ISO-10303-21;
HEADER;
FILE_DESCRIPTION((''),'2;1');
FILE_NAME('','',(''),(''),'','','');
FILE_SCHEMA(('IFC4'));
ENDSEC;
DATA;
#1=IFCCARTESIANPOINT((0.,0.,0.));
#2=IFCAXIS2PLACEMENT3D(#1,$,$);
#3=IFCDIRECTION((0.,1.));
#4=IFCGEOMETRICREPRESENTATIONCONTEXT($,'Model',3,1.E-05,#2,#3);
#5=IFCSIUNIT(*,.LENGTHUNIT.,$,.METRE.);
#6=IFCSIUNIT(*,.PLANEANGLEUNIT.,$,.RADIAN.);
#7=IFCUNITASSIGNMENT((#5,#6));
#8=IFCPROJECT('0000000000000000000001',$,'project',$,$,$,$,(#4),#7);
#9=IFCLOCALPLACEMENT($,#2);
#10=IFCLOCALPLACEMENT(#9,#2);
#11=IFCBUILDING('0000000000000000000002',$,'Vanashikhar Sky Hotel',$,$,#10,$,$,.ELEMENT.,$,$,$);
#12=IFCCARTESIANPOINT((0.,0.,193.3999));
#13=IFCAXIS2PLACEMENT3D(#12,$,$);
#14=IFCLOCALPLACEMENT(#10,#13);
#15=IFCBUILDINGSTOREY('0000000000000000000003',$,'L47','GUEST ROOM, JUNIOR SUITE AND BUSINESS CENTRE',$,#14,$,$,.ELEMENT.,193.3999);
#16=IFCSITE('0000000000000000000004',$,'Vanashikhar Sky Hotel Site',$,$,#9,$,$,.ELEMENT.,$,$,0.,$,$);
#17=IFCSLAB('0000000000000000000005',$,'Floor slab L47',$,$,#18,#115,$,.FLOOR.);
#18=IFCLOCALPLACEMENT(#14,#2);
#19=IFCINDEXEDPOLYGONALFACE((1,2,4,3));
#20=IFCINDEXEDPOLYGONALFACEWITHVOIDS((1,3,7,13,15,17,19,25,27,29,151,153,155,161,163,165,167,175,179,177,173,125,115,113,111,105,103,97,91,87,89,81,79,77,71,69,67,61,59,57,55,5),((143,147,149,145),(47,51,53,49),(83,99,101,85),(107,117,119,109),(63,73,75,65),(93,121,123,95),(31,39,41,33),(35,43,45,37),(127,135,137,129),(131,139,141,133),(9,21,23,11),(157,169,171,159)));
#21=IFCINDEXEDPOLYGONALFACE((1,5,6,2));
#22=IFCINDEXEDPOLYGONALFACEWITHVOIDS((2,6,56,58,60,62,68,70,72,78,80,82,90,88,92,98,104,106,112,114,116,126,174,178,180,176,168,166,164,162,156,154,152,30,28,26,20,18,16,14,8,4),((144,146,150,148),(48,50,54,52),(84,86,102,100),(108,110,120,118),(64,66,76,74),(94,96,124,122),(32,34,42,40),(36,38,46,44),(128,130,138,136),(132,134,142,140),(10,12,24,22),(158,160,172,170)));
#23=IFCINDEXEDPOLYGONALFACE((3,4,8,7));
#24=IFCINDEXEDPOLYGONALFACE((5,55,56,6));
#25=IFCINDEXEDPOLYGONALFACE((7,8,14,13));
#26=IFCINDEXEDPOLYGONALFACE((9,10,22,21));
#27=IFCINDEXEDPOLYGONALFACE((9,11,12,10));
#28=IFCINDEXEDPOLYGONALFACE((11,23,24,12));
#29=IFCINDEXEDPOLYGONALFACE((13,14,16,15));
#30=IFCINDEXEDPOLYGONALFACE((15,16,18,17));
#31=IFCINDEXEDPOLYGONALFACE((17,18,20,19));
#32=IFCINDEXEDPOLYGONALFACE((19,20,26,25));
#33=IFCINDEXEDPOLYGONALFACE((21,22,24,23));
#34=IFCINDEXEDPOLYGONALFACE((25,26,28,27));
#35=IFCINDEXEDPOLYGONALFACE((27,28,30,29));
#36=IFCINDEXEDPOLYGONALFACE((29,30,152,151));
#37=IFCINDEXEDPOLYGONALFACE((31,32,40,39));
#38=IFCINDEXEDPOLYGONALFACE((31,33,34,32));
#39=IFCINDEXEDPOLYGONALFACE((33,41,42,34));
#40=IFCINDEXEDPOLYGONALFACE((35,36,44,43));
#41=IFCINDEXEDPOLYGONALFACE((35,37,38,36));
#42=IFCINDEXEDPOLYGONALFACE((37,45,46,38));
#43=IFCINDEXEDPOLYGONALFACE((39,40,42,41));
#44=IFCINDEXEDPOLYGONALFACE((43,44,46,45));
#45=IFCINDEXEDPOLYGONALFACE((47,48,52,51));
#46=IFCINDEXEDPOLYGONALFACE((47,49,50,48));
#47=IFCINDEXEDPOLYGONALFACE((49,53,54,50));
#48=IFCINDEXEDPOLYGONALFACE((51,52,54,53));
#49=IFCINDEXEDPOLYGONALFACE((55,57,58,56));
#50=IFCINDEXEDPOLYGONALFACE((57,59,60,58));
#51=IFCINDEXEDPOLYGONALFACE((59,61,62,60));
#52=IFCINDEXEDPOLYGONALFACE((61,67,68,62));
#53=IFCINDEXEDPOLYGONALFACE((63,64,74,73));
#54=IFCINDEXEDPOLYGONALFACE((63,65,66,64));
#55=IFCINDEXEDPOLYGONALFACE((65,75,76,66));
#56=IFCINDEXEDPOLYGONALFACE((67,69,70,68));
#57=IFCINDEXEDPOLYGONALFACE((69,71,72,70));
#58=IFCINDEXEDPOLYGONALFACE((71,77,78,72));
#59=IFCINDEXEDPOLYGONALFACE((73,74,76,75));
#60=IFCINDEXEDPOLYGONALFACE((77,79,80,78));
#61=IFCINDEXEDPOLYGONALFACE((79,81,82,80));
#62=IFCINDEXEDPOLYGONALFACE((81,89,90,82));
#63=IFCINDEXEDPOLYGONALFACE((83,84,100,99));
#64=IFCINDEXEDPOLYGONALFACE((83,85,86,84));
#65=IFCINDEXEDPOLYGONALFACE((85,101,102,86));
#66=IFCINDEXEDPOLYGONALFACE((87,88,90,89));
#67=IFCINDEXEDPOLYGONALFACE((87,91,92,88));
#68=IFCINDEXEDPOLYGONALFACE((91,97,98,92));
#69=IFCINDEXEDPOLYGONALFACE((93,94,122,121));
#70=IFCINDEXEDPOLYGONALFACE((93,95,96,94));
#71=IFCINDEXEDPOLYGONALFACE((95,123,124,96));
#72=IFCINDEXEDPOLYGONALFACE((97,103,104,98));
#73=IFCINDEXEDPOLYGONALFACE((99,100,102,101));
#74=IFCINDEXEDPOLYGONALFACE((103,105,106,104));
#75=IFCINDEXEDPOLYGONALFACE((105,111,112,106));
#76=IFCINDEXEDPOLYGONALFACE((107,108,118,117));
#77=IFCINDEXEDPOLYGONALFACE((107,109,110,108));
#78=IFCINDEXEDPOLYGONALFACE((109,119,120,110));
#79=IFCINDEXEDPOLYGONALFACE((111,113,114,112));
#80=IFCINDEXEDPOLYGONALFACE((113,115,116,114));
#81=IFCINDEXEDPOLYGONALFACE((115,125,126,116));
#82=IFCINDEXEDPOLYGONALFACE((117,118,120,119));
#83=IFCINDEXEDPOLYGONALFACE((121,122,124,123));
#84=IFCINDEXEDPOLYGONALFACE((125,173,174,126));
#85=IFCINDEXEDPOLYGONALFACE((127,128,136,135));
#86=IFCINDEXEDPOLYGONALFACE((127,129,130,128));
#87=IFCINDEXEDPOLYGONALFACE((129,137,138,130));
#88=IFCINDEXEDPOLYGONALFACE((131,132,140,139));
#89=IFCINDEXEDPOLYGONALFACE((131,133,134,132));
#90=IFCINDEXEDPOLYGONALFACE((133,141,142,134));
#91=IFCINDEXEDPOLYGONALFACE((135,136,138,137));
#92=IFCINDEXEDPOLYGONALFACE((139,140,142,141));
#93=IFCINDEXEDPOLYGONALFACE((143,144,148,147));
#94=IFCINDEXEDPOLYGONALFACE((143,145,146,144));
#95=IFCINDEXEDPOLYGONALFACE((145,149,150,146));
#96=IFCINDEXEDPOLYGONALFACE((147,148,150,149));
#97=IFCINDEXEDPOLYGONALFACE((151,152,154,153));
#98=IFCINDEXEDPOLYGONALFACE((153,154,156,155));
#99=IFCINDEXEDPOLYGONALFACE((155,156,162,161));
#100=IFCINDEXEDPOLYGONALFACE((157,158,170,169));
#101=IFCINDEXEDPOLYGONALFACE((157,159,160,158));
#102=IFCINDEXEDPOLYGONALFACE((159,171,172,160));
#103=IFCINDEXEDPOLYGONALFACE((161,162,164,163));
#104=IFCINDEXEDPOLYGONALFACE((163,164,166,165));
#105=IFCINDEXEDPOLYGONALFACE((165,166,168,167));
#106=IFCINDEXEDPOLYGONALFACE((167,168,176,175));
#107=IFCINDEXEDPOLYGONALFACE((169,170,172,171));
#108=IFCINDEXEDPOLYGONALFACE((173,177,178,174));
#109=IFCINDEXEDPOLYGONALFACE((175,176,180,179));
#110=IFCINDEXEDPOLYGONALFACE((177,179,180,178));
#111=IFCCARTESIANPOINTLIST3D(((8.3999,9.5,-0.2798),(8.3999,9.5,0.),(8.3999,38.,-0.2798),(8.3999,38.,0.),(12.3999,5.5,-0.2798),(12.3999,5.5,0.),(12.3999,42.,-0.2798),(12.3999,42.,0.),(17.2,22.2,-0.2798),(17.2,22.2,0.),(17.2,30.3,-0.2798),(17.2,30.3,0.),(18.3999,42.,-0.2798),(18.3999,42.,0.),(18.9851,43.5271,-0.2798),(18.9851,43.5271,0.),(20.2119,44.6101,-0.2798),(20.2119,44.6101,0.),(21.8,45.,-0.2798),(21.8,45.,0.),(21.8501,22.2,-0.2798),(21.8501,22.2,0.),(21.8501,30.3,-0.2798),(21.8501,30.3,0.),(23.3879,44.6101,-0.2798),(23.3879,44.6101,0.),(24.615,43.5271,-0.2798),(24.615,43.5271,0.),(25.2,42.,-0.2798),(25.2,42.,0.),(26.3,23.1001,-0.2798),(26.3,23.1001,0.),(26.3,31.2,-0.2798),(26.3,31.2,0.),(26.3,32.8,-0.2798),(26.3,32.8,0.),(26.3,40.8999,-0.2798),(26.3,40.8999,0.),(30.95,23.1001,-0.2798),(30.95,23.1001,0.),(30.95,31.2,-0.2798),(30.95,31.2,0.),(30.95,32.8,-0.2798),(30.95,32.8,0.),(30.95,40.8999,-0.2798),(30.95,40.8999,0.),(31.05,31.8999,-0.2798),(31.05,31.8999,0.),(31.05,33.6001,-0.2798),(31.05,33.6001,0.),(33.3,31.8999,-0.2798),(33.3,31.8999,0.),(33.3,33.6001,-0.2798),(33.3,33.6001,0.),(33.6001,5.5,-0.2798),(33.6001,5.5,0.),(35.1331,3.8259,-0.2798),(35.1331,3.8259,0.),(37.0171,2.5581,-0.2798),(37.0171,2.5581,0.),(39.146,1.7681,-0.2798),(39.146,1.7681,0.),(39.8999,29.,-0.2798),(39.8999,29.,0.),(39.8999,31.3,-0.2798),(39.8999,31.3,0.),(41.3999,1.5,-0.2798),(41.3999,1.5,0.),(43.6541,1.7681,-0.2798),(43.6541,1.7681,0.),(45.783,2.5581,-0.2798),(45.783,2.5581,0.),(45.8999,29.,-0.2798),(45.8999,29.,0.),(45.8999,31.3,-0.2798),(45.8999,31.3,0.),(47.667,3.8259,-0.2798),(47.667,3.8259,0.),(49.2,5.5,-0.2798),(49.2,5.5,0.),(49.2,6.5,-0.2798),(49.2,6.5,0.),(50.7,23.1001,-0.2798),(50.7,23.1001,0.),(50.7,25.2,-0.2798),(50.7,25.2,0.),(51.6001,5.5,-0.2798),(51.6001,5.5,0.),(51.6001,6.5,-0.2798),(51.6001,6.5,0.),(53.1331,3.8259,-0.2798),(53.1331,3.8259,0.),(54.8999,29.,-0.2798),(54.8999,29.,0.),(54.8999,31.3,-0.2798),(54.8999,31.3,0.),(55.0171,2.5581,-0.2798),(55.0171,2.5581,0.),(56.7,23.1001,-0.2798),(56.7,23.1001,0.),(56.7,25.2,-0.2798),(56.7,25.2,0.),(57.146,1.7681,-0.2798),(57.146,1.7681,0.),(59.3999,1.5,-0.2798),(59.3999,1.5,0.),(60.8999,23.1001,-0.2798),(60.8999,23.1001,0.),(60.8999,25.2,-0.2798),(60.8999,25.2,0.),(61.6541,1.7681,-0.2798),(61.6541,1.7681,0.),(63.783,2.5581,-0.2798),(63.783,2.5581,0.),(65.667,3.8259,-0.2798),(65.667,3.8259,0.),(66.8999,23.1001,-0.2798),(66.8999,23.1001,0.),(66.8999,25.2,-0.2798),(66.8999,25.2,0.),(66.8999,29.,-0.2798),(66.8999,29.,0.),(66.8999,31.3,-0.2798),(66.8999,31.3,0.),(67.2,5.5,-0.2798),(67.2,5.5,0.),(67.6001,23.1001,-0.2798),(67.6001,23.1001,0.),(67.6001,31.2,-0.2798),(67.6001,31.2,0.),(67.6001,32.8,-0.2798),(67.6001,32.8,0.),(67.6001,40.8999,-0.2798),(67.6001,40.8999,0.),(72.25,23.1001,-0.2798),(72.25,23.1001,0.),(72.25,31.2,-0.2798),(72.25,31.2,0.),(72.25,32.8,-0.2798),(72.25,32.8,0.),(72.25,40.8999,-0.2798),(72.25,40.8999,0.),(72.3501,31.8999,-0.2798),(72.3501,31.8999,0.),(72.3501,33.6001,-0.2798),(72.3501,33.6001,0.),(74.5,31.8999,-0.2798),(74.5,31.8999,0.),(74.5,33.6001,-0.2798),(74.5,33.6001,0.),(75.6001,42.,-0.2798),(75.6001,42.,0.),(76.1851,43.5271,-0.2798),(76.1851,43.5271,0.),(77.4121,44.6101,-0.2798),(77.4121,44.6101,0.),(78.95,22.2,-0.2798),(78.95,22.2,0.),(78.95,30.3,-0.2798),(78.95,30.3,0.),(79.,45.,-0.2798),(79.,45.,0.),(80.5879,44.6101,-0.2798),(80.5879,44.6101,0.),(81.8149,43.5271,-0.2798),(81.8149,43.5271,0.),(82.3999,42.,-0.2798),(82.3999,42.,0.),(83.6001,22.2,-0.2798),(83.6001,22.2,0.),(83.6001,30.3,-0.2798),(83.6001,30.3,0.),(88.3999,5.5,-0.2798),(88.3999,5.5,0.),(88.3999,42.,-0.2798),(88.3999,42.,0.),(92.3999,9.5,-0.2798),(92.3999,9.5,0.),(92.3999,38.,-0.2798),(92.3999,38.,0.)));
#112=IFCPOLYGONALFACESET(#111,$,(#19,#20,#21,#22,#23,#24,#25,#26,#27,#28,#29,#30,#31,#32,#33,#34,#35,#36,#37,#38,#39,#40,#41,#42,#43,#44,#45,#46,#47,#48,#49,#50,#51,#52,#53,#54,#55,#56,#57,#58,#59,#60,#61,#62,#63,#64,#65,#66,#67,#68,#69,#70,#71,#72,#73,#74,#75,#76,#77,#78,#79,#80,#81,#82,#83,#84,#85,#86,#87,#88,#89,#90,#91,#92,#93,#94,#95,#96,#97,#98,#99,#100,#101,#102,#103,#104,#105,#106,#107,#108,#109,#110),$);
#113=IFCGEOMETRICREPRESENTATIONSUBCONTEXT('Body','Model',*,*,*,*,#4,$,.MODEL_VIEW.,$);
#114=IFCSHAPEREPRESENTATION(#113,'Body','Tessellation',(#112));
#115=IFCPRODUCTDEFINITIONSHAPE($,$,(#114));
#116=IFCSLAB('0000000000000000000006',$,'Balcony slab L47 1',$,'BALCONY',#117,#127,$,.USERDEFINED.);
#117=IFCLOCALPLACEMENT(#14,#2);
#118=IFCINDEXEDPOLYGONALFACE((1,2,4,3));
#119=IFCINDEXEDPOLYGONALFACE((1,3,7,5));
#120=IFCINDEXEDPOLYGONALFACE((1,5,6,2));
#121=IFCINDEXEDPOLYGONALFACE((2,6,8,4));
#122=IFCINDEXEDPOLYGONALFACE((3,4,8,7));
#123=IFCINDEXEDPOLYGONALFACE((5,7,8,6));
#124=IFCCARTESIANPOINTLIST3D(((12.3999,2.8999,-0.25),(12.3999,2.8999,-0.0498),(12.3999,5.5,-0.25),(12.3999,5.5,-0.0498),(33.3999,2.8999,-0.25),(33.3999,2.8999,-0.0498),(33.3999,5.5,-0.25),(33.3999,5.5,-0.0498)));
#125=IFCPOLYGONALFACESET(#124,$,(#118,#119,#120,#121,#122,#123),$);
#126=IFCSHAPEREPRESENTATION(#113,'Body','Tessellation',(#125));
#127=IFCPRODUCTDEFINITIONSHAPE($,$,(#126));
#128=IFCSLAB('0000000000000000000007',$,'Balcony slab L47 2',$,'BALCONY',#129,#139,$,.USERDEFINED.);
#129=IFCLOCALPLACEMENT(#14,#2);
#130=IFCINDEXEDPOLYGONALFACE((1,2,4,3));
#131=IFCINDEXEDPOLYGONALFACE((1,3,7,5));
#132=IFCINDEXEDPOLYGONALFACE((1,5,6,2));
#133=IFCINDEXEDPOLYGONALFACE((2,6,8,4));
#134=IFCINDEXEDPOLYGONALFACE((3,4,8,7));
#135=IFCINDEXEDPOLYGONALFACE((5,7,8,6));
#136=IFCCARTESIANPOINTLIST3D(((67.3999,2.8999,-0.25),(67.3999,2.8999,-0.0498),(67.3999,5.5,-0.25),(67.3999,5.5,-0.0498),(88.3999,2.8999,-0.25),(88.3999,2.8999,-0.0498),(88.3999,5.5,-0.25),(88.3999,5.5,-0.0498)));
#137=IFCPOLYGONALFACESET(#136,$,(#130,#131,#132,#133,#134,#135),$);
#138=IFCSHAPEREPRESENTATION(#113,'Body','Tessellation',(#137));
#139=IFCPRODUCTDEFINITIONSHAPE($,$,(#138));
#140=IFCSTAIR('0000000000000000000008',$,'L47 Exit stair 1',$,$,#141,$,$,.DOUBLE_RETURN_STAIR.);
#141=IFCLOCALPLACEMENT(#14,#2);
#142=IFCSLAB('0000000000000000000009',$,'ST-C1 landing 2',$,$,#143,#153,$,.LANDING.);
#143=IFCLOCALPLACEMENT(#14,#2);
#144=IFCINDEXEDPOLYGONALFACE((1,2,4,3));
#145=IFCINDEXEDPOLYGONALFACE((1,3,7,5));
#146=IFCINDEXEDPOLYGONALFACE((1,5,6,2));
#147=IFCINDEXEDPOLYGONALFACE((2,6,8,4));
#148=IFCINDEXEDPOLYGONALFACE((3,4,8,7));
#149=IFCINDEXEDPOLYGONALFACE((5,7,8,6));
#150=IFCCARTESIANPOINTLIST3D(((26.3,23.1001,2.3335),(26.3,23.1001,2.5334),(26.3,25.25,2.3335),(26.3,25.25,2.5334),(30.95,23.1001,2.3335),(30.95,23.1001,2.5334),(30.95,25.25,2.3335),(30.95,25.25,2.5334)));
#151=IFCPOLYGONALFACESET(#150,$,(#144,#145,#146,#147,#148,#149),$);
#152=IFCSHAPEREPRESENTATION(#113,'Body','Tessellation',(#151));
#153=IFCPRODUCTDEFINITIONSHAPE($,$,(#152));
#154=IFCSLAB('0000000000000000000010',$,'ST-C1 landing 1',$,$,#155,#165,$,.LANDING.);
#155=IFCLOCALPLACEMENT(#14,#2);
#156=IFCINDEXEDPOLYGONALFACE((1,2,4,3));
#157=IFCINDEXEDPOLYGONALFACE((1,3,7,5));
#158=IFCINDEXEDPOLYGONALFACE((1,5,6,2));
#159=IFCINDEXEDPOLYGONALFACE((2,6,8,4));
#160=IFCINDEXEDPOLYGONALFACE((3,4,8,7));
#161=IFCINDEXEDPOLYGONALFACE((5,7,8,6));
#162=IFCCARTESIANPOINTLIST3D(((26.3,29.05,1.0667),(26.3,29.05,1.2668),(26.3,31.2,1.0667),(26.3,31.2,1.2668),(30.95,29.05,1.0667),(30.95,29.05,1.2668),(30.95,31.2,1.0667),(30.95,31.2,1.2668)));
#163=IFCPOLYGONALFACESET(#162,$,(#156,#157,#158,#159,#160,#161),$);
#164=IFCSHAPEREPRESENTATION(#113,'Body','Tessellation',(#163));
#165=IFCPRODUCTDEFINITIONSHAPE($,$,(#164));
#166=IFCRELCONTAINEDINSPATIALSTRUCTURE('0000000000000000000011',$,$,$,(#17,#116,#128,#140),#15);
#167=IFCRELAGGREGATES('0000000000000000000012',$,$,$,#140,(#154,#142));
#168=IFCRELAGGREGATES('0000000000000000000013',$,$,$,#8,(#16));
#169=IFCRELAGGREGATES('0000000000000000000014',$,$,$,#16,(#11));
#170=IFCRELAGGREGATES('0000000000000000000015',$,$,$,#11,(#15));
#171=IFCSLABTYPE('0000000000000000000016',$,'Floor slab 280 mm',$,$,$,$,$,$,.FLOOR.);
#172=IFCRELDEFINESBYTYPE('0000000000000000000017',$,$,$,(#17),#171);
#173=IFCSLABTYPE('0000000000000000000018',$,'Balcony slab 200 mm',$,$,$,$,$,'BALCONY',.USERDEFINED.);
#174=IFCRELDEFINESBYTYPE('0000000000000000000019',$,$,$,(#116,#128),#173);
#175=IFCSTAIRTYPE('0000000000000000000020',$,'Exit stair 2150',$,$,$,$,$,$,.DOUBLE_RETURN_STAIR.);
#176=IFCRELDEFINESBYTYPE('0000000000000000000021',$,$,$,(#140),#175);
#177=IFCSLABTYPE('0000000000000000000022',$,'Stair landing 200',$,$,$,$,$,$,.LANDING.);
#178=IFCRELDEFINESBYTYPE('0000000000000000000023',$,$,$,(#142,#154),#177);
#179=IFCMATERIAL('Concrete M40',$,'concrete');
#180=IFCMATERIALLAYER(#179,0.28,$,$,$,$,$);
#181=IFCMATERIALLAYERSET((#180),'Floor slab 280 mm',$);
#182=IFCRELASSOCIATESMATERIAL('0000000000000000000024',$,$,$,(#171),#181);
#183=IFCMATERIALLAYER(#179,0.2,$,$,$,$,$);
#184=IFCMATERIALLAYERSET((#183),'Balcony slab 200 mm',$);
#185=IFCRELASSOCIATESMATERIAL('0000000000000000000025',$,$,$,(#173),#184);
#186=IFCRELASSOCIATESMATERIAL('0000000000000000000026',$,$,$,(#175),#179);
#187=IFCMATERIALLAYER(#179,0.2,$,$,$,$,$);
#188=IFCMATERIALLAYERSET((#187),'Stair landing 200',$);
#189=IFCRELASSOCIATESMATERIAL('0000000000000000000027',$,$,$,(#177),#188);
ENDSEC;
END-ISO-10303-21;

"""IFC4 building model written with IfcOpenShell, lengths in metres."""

from ifc_helpers import new_model, si_unit, direction, frame, origin, place, context, subcontext, project, spatial, polyline, outline, extrude, source, transform, mapped, material, layer, layer_set, type_object, element, aggregate, save


model = new_model("IFC4")

# Units and contexts
model_context = context("Model", 3, precision=1e-05, world=origin(), true_north=direction((0.0, 1.0)))
body_context = subcontext(model_context, "Body", "Model", "MODEL_VIEW")
ifc_project = project(units=[si_unit("LENGTHUNIT", "METRE"), si_unit("PLANEANGLEUNIT", "RADIAN")], contexts=[model_context])

# Site, building, storey
site_placement = place(None, origin())
site = spatial("IfcSite", under=ifc_project, at=site_placement, Name="Vanashikhar Sky Hotel Site", CompositionType="ELEMENT", RefElevation=0.0)
building_placement = place(site_placement, origin())
building = spatial("IfcBuilding", under=site, at=building_placement, Name="Vanashikhar Sky Hotel", CompositionType="ELEMENT")
storey_placement = place(building_placement, frame((0.0, 0.0, 193.3999)))
storey = spatial("IfcBuildingStorey", under=building, at=storey_placement, Name="L47", Description="GUEST ROOM, JUNIOR SUITE AND BUSINESS CENTRE", CompositionType="ELEMENT", Elevation=193.3999)

# Slabs
ifc_material = material(Name="Concrete M40", Category="concrete")
ifc_layer_1 = layer(ifc_material, 0.28)
ifc_layer_set_1 = layer_set([ifc_layer_1], Name="Floor slab 280 mm")
slab_type_1 = type_object("IfcSlabType", Name="Floor slab 280 mm", PredefinedType="FLOOR", material=ifc_layer_set_1)
shared_shape_1 = source(origin(), body_context, "Body", "SweptSolid", [
    extrude(outline(polyline([(49.2, 5.5), (49.2, 6.5), (51.6001, 6.5), (51.6001, 5.5), (53.1331, 3.8259), (55.0171, 2.5581), (57.146, 1.7681), (59.3999, 1.5), (61.6541, 1.7681), (63.783, 2.5581), (65.667, 3.8259), (67.2, 5.5), (88.3999, 5.5), (92.3999, 9.5), (92.3999, 38.0), (88.3999, 42.0), (82.3999, 42.0), (81.8149, 43.5271), (80.5879, 44.6101), (79.0, 45.0), (77.4121, 44.6101), (76.1851, 43.5271), (75.6001, 42.0), (25.2, 42.0), (24.615, 43.5271), (23.3879, 44.6101), (21.8, 45.0), (20.2119, 44.6101), (18.9851, 43.5271), (18.3999, 42.0), (12.3999, 42.0), (8.3999, 38.0), (8.3999, 9.5), (12.3999, 5.5), (33.6001, 5.5), (35.1331, 3.8259), (37.0171, 2.5581), (39.146, 1.7681), (41.3999, 1.5), (43.6541, 1.7681), (45.783, 2.5581), (47.667, 3.8259), (49.2, 5.5)]), holes=[polyline([(33.3, 33.6001), (31.05, 33.6001), (31.05, 31.8999), (33.3, 31.8999), (33.3, 33.6001)]), polyline([(39.8999, 31.3), (39.8999, 29.0), (45.8999, 29.0), (45.8999, 31.3), (39.8999, 31.3)]), polyline([(50.7, 25.2), (50.7, 23.1001), (56.7, 23.1001), (56.7, 25.2), (50.7, 25.2)]), polyline([(66.8999, 29.0), (66.8999, 31.3), (54.8999, 31.3), (54.8999, 29.0), (66.8999, 29.0)]), polyline([(60.8999, 25.2), (60.8999, 23.1001), (66.8999, 23.1001), (66.8999, 25.2), (60.8999, 25.2)]), polyline([(74.5, 33.6001), (72.3501, 33.6001), (72.3501, 31.8999), (74.5, 31.8999), (74.5, 33.6001)]), polyline([(30.95, 23.1001), (30.95, 31.2), (26.3, 31.2), (26.3, 23.1001), (30.95, 23.1001)]), polyline([(72.25, 23.1001), (72.25, 31.2), (67.6001, 31.2), (67.6001, 23.1001), (72.25, 23.1001)]), polyline([(30.95, 32.8), (30.95, 40.8999), (26.3, 40.8999), (26.3, 32.8), (30.95, 32.8)]), polyline([(72.25, 32.8), (72.25, 40.8999), (67.6001, 40.8999), (67.6001, 32.8), (72.25, 32.8)]), polyline([(83.6001, 22.2), (83.6001, 30.3), (78.95, 30.3), (78.95, 22.2), (83.6001, 22.2)]), polyline([(21.8501, 22.2), (21.8501, 30.3), (17.2, 30.3), (17.2, 22.2), (21.8501, 22.2)])]), origin(), (0.0, 0.0, 1.0), 0.2798),
])
slab_1_placement = place(storey_placement, frame((0.0, 0.0, -0.2798)))
element("IfcSlab", 1, at=slab_1_placement, inside=storey, type_object=slab_type_1, Name="Floor slab L47", PredefinedType="FLOOR", context=body_context, shape_type="MappedRepresentation", body=[
    mapped(shared_shape_1, transform((0.0, 0.0, 0.0), scale=1.0)),
])
ifc_layer_2 = layer(ifc_material, 0.2)
ifc_layer_set_2 = layer_set([ifc_layer_2], Name="Balcony slab 200 mm")
slab_type_2 = type_object("IfcSlabType", Name="Balcony slab 200 mm", ElementType="BALCONY", PredefinedType="USERDEFINED", material=ifc_layer_set_2)
shared_shape_2 = source(origin(), body_context, "Body", "SweptSolid", [
    extrude(outline(polyline([(12.3999, 2.8999), (33.3999, 2.8999), (33.3999, 5.5), (12.3999, 5.5), (12.3999, 2.8999)])), origin(), (0.0, 0.0, 1.0), 0.2002),
])
slab_2_placement = place(storey_placement, frame((0.0, 0.0, -0.25)))
element("IfcSlab", 2, at=slab_2_placement, inside=storey, type_object=slab_type_2, Name="Balcony slab L47 1", ObjectType="BALCONY", PredefinedType="USERDEFINED", context=body_context, shape_type="MappedRepresentation", body=[
    mapped(shared_shape_2, transform((0.0, 0.0, 0.0), scale=1.0)),
])
shared_shape_3 = source(origin(), body_context, "Body", "SweptSolid", [
    extrude(outline(polyline([(67.3999, 2.8999), (88.3999, 2.8999), (88.3999, 5.5), (67.3999, 5.5), (67.3999, 2.8999)])), origin(), (0.0, 0.0, 1.0), 0.2002),
])
slab_3_placement = place(storey_placement, frame((0.0, 0.0, -0.25)))
element("IfcSlab", 3, at=slab_3_placement, inside=storey, type_object=slab_type_2, Name="Balcony slab L47 2", ObjectType="BALCONY", PredefinedType="USERDEFINED", context=body_context, shape_type="MappedRepresentation", body=[
    mapped(shared_shape_3, transform((0.0, 0.0, 0.0), scale=1.0)),
])

# Stair, slabs
stair_type = type_object("IfcStairType", Name="Exit stair 2150", PredefinedType="DOUBLE_RETURN_STAIR", material=ifc_material)
stair_1_placement = place(storey_placement, origin())
stair_1 = element("IfcStair", 4, at=stair_1_placement, inside=storey, type_object=stair_type, Name="L47 Exit stair 1", PredefinedType="DOUBLE_RETURN_STAIR")
ifc_layer_3 = layer(ifc_material, 0.2)
ifc_layer_set_3 = layer_set([ifc_layer_3], Name="Stair landing 200")
slab_type_3 = type_object("IfcSlabType", Name="Stair landing 200", PredefinedType="LANDING", material=ifc_layer_set_3)
shared_shape_4 = source(origin(), body_context, "Body", "SweptSolid", [
    extrude(outline(polyline([(30.95, 23.1001), (30.95, 25.25), (26.3, 25.25), (26.3, 23.1001), (30.95, 23.1001)])), origin(), (0.0, 0.0, 1.0), 0.2),
])
slab_4_placement = place(storey_placement, frame((0.0, 0.0, 2.3335)))
slab_4 = element("IfcSlab", 5, at=slab_4_placement, type_object=slab_type_3, Name="ST-C1 landing 2", PredefinedType="LANDING", context=body_context, shape_type="MappedRepresentation", body=[
    mapped(shared_shape_4, transform((0.0, 0.0, 0.0), scale=1.0)),
])
shared_shape_5 = source(origin(), body_context, "Body", "SweptSolid", [
    extrude(outline(polyline([(30.95, 29.05), (30.95, 31.2), (26.3, 31.2), (26.3, 29.05), (30.95, 29.05)])), origin(), (0.0, 0.0, 1.0), 0.2002),
])
slab_5_placement = place(storey_placement, frame((0.0, 0.0, 1.0667)))
slab_5 = element("IfcSlab", 6, at=slab_5_placement, type_object=slab_type_3, Name="ST-C1 landing 1", PredefinedType="LANDING", context=body_context, shape_type="MappedRepresentation", body=[
    mapped(shared_shape_5, transform((0.0, 0.0, 0.0), scale=1.0)),
])
aggregate(stair_1, [slab_5, slab_4])

save(model, "model.ifc")
